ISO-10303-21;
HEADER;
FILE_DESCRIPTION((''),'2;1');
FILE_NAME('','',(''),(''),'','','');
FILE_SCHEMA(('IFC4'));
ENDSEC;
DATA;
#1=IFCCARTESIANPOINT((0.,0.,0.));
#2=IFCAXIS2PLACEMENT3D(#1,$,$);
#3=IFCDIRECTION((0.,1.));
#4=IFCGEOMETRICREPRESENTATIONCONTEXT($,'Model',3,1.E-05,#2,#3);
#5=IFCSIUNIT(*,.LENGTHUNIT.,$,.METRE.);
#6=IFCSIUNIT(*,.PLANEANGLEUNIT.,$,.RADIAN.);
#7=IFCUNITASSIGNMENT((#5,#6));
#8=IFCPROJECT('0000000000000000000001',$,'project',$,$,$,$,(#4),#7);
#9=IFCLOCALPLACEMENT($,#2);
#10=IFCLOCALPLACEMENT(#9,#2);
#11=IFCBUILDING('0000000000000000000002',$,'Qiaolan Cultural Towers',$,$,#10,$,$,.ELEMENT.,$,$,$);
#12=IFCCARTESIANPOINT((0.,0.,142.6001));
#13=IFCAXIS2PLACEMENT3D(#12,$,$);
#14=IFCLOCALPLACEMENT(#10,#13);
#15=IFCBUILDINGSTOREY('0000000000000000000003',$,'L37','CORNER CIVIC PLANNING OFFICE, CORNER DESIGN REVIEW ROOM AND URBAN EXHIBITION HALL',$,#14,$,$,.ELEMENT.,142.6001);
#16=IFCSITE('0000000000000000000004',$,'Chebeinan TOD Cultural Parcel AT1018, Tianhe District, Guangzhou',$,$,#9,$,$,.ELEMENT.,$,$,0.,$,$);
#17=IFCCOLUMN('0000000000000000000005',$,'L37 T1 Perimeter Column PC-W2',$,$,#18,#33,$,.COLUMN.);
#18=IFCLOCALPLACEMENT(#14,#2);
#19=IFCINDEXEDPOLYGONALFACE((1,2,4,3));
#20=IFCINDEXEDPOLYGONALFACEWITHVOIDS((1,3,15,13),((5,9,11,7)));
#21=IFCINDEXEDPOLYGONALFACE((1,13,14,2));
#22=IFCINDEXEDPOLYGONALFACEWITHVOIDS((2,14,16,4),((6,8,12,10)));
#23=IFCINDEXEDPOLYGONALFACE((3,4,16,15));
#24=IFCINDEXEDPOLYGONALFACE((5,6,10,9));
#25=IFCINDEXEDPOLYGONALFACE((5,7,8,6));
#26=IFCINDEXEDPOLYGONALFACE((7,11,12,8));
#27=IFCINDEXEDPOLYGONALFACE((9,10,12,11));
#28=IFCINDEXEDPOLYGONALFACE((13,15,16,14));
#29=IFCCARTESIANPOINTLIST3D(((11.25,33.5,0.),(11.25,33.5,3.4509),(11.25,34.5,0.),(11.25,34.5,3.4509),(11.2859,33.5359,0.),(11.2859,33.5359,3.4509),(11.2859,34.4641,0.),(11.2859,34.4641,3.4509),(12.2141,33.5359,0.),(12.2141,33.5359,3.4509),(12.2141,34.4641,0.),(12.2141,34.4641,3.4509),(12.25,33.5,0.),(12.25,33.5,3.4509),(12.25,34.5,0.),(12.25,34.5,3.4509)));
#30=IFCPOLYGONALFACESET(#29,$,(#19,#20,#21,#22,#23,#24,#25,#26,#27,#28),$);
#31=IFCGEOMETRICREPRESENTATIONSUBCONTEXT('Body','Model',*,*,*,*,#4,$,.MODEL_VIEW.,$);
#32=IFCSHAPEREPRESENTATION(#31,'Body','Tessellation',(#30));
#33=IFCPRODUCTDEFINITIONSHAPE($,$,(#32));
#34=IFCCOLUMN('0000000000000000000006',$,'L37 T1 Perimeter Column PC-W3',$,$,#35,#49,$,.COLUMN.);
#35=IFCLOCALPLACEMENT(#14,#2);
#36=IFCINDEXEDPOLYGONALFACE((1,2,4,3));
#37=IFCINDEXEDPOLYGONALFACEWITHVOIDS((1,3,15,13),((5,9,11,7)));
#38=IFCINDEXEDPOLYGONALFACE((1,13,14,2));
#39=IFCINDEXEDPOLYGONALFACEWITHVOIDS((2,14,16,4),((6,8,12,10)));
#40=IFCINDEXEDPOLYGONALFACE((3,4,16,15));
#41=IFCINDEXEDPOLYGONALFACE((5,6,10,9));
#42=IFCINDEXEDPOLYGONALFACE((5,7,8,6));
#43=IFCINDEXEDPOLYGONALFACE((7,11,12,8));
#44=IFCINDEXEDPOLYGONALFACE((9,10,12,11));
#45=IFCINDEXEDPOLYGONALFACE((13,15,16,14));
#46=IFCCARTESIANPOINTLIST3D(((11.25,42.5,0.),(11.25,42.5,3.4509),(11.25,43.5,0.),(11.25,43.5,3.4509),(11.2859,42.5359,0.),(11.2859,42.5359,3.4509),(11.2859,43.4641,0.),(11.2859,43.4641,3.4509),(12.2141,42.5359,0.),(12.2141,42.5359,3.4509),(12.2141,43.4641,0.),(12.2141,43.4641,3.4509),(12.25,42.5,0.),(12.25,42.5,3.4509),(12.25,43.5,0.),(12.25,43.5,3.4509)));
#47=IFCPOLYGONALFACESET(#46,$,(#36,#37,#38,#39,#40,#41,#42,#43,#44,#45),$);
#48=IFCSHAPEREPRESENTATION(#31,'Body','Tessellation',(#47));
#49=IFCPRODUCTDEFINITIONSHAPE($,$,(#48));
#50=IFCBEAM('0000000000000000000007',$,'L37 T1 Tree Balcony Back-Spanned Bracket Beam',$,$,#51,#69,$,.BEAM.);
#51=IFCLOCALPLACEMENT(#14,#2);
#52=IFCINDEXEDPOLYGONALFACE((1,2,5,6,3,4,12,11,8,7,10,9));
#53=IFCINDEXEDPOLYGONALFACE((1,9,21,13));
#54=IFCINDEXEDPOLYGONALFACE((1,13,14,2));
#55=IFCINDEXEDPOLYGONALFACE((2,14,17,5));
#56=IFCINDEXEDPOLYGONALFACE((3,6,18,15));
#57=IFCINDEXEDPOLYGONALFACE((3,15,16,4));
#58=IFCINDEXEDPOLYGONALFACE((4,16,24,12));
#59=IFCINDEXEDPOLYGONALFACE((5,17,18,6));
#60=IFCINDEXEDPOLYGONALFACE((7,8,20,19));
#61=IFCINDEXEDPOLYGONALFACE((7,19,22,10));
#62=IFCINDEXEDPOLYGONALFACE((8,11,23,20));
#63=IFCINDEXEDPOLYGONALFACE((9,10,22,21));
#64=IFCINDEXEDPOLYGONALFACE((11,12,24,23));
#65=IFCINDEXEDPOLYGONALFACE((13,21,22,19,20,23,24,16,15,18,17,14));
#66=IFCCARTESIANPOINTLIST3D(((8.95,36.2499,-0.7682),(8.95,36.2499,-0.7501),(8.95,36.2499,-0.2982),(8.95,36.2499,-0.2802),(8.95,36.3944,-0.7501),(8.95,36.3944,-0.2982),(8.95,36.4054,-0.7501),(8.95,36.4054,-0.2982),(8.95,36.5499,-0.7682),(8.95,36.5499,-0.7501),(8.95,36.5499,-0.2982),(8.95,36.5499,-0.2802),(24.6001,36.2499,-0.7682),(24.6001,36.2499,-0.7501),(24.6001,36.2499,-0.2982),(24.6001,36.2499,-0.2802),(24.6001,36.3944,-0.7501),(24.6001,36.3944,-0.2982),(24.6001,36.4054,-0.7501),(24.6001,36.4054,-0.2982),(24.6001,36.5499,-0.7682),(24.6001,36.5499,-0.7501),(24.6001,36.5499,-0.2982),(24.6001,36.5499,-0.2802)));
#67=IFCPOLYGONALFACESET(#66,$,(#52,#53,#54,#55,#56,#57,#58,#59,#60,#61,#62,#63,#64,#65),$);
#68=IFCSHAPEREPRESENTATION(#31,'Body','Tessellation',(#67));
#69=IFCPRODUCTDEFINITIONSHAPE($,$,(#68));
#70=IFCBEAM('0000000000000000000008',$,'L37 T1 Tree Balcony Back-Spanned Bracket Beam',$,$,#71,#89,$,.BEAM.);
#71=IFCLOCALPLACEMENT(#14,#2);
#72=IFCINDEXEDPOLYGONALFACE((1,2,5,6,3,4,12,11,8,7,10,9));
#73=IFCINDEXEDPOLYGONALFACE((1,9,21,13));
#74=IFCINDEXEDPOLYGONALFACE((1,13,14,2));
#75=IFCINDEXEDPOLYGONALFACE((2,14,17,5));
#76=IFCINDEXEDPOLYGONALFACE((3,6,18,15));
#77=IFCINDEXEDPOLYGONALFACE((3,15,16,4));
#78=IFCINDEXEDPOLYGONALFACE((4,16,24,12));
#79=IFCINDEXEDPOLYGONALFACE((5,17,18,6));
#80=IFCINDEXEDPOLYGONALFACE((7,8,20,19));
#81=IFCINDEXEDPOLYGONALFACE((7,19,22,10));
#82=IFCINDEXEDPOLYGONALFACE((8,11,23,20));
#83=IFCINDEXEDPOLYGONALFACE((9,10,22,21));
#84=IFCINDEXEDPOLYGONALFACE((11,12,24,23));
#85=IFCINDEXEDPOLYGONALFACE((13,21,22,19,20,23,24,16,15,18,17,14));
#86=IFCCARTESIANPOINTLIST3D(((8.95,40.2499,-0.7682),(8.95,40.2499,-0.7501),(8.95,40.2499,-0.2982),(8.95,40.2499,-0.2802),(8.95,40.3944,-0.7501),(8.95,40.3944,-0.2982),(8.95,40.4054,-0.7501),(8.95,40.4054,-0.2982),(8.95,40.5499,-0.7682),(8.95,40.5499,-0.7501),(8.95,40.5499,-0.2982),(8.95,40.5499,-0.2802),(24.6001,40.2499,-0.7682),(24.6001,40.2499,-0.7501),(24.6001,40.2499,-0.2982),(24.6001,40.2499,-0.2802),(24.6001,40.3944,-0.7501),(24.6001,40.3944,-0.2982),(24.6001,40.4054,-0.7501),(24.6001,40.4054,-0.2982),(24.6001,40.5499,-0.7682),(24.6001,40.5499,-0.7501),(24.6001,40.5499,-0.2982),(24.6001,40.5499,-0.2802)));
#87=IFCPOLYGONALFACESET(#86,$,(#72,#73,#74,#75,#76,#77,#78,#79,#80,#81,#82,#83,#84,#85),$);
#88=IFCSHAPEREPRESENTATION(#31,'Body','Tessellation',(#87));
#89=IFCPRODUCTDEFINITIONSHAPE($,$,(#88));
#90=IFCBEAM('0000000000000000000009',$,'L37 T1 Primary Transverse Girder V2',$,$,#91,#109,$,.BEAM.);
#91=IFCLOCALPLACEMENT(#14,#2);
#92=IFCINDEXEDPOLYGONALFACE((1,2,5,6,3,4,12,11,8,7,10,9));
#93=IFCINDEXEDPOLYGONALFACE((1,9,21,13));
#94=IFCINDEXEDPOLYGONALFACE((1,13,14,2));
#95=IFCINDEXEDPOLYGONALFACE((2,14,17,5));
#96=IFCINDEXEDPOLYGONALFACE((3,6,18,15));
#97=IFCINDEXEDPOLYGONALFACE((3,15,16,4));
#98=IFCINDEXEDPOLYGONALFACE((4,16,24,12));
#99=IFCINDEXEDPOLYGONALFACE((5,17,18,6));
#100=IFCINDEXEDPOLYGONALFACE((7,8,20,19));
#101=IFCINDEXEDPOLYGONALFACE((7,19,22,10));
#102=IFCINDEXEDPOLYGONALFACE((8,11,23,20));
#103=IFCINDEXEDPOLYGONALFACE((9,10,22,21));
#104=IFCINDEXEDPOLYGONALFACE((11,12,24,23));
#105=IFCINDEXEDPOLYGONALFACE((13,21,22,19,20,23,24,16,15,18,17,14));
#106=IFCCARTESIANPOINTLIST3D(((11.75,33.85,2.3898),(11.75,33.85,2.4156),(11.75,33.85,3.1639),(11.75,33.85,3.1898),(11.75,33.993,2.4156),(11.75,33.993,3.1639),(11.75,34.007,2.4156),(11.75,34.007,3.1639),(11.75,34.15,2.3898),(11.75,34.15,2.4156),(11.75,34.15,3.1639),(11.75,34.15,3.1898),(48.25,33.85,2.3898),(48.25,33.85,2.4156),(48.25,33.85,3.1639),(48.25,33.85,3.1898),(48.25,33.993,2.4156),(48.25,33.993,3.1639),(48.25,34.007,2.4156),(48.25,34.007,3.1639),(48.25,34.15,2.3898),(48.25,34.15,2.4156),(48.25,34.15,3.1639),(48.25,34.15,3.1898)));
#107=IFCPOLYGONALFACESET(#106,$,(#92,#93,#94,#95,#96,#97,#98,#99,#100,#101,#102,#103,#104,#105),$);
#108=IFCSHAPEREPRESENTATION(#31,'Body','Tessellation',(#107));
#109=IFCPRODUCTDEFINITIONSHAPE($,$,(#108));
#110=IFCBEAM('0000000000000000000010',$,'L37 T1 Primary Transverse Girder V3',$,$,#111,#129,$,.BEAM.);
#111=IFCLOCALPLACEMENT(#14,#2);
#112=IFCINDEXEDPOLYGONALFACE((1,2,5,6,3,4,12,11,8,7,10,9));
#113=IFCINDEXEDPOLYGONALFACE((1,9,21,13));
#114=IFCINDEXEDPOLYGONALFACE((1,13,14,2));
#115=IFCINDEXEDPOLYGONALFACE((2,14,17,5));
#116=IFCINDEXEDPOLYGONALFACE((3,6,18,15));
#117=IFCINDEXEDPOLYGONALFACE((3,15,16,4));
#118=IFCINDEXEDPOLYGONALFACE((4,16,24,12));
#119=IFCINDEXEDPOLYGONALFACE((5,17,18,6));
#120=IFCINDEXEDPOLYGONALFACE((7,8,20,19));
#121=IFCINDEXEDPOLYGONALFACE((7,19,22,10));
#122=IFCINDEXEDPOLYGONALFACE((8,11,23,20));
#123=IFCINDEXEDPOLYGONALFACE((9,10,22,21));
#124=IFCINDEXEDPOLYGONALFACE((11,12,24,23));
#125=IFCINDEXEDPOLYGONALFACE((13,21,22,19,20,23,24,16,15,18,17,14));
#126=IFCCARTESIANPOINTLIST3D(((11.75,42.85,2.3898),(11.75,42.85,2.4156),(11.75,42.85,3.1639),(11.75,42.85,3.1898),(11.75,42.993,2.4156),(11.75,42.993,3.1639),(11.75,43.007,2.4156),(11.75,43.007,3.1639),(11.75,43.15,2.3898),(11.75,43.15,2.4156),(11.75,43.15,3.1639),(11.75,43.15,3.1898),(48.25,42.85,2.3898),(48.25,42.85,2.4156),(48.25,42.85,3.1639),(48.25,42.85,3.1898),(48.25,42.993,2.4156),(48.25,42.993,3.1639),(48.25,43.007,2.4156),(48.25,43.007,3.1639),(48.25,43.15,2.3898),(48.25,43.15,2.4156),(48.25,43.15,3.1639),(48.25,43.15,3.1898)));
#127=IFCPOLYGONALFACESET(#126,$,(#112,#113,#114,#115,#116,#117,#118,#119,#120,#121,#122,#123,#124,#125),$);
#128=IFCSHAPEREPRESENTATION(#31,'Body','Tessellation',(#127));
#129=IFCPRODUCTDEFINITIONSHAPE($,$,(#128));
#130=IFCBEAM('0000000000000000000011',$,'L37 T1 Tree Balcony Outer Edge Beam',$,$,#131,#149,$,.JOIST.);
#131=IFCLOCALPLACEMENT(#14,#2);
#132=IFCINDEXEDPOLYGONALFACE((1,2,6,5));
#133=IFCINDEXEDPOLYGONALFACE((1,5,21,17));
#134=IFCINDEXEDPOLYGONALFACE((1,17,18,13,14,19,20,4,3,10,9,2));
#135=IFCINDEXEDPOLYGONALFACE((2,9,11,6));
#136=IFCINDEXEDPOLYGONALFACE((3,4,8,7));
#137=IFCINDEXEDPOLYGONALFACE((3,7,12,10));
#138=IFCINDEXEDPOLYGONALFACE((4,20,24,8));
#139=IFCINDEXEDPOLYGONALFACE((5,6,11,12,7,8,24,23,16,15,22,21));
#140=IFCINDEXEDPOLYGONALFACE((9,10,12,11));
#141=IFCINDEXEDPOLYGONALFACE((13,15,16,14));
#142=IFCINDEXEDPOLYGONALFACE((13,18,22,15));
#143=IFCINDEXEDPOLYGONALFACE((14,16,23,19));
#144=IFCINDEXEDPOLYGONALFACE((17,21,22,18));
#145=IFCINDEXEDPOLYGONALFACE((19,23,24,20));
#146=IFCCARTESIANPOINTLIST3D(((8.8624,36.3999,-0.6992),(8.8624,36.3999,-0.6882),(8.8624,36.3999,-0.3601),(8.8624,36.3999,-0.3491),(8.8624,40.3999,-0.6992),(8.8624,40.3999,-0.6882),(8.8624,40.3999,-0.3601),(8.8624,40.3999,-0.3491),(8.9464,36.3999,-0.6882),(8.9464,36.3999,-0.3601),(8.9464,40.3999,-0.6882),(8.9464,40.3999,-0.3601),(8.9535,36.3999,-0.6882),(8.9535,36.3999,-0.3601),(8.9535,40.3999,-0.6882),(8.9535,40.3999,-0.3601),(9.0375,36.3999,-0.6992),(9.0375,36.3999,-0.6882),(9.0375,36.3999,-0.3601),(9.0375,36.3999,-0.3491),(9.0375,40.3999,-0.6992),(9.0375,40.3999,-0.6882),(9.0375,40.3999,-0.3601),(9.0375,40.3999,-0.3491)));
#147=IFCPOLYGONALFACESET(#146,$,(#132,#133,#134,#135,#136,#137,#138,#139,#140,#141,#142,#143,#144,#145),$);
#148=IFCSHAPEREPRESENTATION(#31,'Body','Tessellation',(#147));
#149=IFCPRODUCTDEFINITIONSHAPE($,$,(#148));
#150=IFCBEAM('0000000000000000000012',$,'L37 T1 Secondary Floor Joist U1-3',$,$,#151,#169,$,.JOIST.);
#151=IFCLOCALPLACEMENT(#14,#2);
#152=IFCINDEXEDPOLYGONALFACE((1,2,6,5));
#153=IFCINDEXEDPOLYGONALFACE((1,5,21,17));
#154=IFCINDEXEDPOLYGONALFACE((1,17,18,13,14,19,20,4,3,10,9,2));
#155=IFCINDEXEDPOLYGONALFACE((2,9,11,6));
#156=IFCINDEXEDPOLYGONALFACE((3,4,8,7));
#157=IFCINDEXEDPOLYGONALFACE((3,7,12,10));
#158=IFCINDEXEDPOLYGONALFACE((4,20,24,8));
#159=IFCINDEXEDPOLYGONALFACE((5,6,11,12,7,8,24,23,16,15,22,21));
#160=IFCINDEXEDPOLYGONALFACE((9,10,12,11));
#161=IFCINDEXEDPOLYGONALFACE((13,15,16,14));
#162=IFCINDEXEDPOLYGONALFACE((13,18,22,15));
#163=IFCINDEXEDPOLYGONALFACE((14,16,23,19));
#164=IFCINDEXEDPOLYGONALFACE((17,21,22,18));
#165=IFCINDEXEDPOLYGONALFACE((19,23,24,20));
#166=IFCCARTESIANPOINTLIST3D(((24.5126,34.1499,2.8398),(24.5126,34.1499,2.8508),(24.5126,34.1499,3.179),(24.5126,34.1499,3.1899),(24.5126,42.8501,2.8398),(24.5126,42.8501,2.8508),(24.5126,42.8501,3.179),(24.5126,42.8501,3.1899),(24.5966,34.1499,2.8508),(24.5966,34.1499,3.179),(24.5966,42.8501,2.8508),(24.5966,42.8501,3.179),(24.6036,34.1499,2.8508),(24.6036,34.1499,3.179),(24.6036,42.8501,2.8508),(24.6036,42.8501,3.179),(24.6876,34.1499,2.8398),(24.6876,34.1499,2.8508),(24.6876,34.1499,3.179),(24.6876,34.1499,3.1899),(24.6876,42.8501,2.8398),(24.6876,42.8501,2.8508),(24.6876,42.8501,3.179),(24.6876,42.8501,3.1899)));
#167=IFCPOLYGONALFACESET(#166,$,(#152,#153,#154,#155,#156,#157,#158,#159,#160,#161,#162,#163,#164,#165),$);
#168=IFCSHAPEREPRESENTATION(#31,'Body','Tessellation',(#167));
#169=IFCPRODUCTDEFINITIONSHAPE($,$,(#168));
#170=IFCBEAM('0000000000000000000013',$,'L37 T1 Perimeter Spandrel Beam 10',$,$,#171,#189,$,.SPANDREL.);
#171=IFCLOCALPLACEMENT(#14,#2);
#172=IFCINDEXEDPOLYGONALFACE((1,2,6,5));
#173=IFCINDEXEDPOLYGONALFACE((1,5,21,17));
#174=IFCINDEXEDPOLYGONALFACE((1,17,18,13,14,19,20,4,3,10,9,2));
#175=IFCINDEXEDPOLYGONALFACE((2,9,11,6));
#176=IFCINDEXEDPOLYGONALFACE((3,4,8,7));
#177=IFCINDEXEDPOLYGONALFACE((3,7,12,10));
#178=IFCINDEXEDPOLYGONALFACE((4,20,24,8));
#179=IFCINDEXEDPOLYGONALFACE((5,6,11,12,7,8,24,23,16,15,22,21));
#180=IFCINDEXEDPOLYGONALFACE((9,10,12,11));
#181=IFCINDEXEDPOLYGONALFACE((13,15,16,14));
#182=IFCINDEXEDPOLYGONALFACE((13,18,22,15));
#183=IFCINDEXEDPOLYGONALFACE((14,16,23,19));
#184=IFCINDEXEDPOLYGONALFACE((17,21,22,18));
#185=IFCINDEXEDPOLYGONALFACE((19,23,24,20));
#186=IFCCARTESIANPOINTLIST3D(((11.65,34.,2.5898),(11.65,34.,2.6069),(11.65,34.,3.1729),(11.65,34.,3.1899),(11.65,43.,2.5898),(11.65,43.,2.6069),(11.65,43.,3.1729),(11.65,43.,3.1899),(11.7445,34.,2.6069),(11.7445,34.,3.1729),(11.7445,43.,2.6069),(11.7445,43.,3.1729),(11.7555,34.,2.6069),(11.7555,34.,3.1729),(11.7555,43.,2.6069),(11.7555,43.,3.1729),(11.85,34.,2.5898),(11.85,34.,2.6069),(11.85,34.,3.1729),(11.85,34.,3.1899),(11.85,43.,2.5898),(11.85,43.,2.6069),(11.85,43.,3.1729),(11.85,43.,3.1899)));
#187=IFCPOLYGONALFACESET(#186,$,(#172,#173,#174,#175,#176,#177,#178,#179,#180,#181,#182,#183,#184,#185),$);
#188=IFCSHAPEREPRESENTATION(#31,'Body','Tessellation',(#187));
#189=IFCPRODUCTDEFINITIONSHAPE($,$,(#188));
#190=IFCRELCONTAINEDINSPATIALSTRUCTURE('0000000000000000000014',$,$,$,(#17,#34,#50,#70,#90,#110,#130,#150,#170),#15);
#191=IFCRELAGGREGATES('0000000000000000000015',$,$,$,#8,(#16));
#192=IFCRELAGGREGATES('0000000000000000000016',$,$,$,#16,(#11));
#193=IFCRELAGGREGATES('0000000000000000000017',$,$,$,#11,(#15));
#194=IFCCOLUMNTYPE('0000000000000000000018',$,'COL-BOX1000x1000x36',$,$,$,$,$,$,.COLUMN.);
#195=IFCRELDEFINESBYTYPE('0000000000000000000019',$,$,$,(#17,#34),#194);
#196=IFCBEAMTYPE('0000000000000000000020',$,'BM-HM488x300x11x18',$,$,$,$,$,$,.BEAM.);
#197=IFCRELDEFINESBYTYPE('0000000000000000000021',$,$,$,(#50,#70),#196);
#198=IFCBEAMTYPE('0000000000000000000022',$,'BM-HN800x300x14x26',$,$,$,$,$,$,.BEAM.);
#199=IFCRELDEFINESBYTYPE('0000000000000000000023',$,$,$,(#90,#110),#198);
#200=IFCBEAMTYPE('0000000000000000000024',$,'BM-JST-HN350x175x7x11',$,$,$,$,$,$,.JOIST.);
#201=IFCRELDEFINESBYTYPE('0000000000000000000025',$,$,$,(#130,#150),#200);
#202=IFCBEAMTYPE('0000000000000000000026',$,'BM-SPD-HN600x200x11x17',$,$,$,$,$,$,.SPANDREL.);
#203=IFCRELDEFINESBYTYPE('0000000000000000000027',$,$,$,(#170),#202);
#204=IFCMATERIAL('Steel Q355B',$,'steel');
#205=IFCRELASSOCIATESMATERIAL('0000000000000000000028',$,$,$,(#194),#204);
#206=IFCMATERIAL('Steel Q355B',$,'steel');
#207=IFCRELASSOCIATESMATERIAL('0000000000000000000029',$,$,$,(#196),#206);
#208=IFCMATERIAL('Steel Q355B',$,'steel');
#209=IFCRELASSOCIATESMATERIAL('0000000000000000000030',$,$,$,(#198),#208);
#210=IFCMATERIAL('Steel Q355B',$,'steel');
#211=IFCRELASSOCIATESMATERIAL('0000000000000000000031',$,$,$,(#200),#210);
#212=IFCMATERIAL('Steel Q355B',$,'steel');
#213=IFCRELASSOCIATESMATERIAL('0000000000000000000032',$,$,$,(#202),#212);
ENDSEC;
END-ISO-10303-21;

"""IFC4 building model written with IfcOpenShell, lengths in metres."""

from ifc_helpers import new_model, si_unit, direction, frame, origin, origin_2d, place, context, subcontext, project, spatial, hollow_rectangle, i_section, extrude, material, material_profile, profile_set, type_object, element, save


model = new_model("IFC4")

# Units and contexts
model_context = context("Model", 3, precision=1e-05, world=origin(), true_north=direction((0.0, 1.0)))
body_context = subcontext(model_context, "Body", "Model", "MODEL_VIEW")
ifc_project = project(units=[si_unit("LENGTHUNIT", "METRE"), si_unit("PLANEANGLEUNIT", "RADIAN")], contexts=[model_context])

# Site, building, storey
site_placement = place(None, origin())
site = spatial("IfcSite", under=ifc_project, at=site_placement, Name="Chebeinan TOD Cultural Parcel AT1018, Tianhe District, Guangzhou", CompositionType="ELEMENT", RefElevation=0.0)
building_placement = place(site_placement, origin())
building = spatial("IfcBuilding", under=site, at=building_placement, Name="Qiaolan Cultural Towers", CompositionType="ELEMENT")
storey_placement = place(building_placement, frame((0.0, 0.0, 142.6001)))
storey = spatial("IfcBuildingStorey", under=building, at=storey_placement, Name="L37", Description="CORNER CIVIC PLANNING OFFICE, CORNER DESIGN REVIEW ROOM AND URBAN EXHIBITION HALL", CompositionType="ELEMENT", Elevation=142.6001)

# Columns
ifc_material_1 = material(Name="Steel Q355B", Category="steel")
ifc_material_profile_1 = material_profile(ifc_material_1, hollow_rectangle(XDim=1.0, YDim=1.0, WallThickness=0.0359, at=origin_2d()), Name="BOX1000x1000x36")
ifc_profile_set_1 = profile_set([ifc_material_profile_1], Name="Steel Q355B")
column_type = type_object("IfcColumnType", Name="COL-BOX1000x1000x36", PredefinedType="COLUMN", material=ifc_profile_set_1)
for number, where, z_axis, x_axis, name in (
    (1, (11.75, 34.0, 0.0), (0.0, 0.0, 1.0), (1.0, 0.0, 0.0), "L37 T1 Perimeter Column PC-W2"),
    (2, (11.75, 43.0, 0.0), (0.0, 0.0, 1.0), (1.0, 0.0, 0.0), "L37 T1 Perimeter Column PC-W3"),
):
    element("IfcColumn", number, at=place(storey_placement, frame(where, z_axis=z_axis, x_axis=x_axis)), inside=storey, type_object=column_type, Name=name, PredefinedType="COLUMN", context=body_context, shape_type="SweptSolid", body=[
        extrude(hollow_rectangle(XDim=1.0, YDim=1.0, WallThickness=0.0359, at=origin_2d()), origin(), (0.0, 0.0, 1.0), 3.4509),
    ])

# Beams
ifc_material_2 = material(Name="Steel Q355B", Category="steel")
ifc_material_profile_2 = material_profile(ifc_material_2, i_section(OverallWidth=0.3, OverallDepth=0.488, WebThickness=0.011, FlangeThickness=0.0181, at=origin_2d()), Name="HM488x300x11x18")
ifc_profile_set_2 = profile_set([ifc_material_profile_2], Name="Steel Q355B")
beam_type_1 = type_object("IfcBeamType", Name="BM-HM488x300x11x18", PredefinedType="BEAM", material=ifc_profile_set_2)
for number, where, z_axis, x_axis, name in (
    (3, (24.6001, 36.3999, -0.5242), (-1.0, 0.0, 0.0), (0.0, -1.0, 0.0), "L37 T1 Tree Balcony Back-Spanned Bracket Beam"),
    (4, (24.6001, 40.3999, -0.5242), (-1.0, 0.0, 0.0), (0.0, -1.0, 0.0), "L37 T1 Tree Balcony Back-Spanned Bracket Beam"),
):
    element("IfcBeam", number, at=place(storey_placement, frame(where, z_axis=z_axis, x_axis=x_axis)), inside=storey, type_object=beam_type_1, Name=name, PredefinedType="BEAM", context=body_context, shape_type="SweptSolid", body=[
        extrude(i_section(OverallWidth=0.3, OverallDepth=0.488, WebThickness=0.011, FlangeThickness=0.0181, at=origin_2d()), origin(), (0.0, 0.0, 1.0), 15.6501),
    ])
ifc_material_3 = material(Name="Steel Q355B", Category="steel")
ifc_material_profile_3 = material_profile(ifc_material_3, i_section(OverallWidth=0.3, OverallDepth=0.8, WebThickness=0.0139, FlangeThickness=0.0259, at=origin_2d()), Name="HN800x300x14x26")
ifc_profile_set_3 = profile_set([ifc_material_profile_3], Name="Steel Q355B")
beam_type_2 = type_object("IfcBeamType", Name="BM-HN800x300x14x26", PredefinedType="BEAM", material=ifc_profile_set_3)
for number, where, z_axis, x_axis, name in (
    (5, (11.75, 34.0, 2.7898), (1.0, 0.0, 0.0), (0.0, 1.0, 0.0), "L37 T1 Primary Transverse Girder V2"),
    (6, (11.75, 43.0, 2.7898), (1.0, 0.0, 0.0), (0.0, 1.0, 0.0), "L37 T1 Primary Transverse Girder V3"),
):
    element("IfcBeam", number, at=place(storey_placement, frame(where, z_axis=z_axis, x_axis=x_axis)), inside=storey, type_object=beam_type_2, Name=name, PredefinedType="BEAM", context=body_context, shape_type="SweptSolid", body=[
        extrude(i_section(OverallWidth=0.3, OverallDepth=0.8, WebThickness=0.0139, FlangeThickness=0.0259, at=origin_2d()), origin(), (0.0, 0.0, 1.0), 36.5),
    ])
ifc_material_4 = material(Name="Steel Q355B", Category="steel")
ifc_material_profile_4 = material_profile(ifc_material_4, i_section(OverallWidth=0.175, OverallDepth=0.3501, WebThickness=0.0071, FlangeThickness=0.011, at=origin_2d()), Name="HN350x175x7x11")
ifc_profile_set_4 = profile_set([ifc_material_profile_4], Name="Steel Q355B")
beam_type_3 = type_object("IfcBeamType", Name="BM-JST-HN350x175x7x11", PredefinedType="JOIST", material=ifc_profile_set_4)
beam_1_placement = place(storey_placement, frame((8.95, 36.3999, -0.5242), z_axis=(0.0, 1.0, 0.0), x_axis=(-1.0, 0.0, 0.0)))
element("IfcBeam", 7, at=beam_1_placement, inside=storey, type_object=beam_type_3, Name="L37 T1 Tree Balcony Outer Edge Beam", PredefinedType="JOIST", context=body_context, shape_type="SweptSolid", body=[
    extrude(i_section(OverallWidth=0.175, OverallDepth=0.3501, WebThickness=0.0071, FlangeThickness=0.011, at=origin_2d()), origin(), (0.0, 0.0, 1.0), 4.0),
])
beam_2_placement = place(storey_placement, frame((24.6001, 34.1499, 3.0149), z_axis=(0.0, 1.0, 0.0), x_axis=(-1.0, 0.0, 0.0)))
element("IfcBeam", 8, at=beam_2_placement, inside=storey, type_object=beam_type_3, Name="L37 T1 Secondary Floor Joist U1-3", PredefinedType="JOIST", context=body_context, shape_type="SweptSolid", body=[
    extrude(i_section(OverallWidth=0.175, OverallDepth=0.3501, WebThickness=0.0071, FlangeThickness=0.011, at=origin_2d()), origin(), (0.0, 0.0, 1.0), 8.7002),
])
ifc_material_5 = material(Name="Steel Q355B", Category="steel")
ifc_material_profile_5 = material_profile(ifc_material_5, i_section(OverallWidth=0.2, OverallDepth=0.6001, WebThickness=0.011, FlangeThickness=0.0171, at=origin_2d()), Name="HN600x200x11x17")
ifc_profile_set_5 = profile_set([ifc_material_profile_5], Name="Steel Q355B")
beam_type_4 = type_object("IfcBeamType", Name="BM-SPD-HN600x200x11x17", PredefinedType="SPANDREL", material=ifc_profile_set_5)
for number, where, z_axis, x_axis, name in (
    (9, (11.75, 43.0, 2.8899), (0.0, -1.0, 0.0), (1.0, 0.0, 0.0), "L37 T1 Perimeter Spandrel Beam 10"),
):
    element("IfcBeam", number, at=place(storey_placement, frame(where, z_axis=z_axis, x_axis=x_axis)), inside=storey, type_object=beam_type_4, Name=name, PredefinedType="SPANDREL", context=body_context, shape_type="SweptSolid", body=[
        extrude(i_section(OverallWidth=0.2, OverallDepth=0.6001, WebThickness=0.011, FlangeThickness=0.0171, at=origin_2d()), origin(), (0.0, 0.0, 1.0), 9.0),
    ])

save(model, "model.ifc")
